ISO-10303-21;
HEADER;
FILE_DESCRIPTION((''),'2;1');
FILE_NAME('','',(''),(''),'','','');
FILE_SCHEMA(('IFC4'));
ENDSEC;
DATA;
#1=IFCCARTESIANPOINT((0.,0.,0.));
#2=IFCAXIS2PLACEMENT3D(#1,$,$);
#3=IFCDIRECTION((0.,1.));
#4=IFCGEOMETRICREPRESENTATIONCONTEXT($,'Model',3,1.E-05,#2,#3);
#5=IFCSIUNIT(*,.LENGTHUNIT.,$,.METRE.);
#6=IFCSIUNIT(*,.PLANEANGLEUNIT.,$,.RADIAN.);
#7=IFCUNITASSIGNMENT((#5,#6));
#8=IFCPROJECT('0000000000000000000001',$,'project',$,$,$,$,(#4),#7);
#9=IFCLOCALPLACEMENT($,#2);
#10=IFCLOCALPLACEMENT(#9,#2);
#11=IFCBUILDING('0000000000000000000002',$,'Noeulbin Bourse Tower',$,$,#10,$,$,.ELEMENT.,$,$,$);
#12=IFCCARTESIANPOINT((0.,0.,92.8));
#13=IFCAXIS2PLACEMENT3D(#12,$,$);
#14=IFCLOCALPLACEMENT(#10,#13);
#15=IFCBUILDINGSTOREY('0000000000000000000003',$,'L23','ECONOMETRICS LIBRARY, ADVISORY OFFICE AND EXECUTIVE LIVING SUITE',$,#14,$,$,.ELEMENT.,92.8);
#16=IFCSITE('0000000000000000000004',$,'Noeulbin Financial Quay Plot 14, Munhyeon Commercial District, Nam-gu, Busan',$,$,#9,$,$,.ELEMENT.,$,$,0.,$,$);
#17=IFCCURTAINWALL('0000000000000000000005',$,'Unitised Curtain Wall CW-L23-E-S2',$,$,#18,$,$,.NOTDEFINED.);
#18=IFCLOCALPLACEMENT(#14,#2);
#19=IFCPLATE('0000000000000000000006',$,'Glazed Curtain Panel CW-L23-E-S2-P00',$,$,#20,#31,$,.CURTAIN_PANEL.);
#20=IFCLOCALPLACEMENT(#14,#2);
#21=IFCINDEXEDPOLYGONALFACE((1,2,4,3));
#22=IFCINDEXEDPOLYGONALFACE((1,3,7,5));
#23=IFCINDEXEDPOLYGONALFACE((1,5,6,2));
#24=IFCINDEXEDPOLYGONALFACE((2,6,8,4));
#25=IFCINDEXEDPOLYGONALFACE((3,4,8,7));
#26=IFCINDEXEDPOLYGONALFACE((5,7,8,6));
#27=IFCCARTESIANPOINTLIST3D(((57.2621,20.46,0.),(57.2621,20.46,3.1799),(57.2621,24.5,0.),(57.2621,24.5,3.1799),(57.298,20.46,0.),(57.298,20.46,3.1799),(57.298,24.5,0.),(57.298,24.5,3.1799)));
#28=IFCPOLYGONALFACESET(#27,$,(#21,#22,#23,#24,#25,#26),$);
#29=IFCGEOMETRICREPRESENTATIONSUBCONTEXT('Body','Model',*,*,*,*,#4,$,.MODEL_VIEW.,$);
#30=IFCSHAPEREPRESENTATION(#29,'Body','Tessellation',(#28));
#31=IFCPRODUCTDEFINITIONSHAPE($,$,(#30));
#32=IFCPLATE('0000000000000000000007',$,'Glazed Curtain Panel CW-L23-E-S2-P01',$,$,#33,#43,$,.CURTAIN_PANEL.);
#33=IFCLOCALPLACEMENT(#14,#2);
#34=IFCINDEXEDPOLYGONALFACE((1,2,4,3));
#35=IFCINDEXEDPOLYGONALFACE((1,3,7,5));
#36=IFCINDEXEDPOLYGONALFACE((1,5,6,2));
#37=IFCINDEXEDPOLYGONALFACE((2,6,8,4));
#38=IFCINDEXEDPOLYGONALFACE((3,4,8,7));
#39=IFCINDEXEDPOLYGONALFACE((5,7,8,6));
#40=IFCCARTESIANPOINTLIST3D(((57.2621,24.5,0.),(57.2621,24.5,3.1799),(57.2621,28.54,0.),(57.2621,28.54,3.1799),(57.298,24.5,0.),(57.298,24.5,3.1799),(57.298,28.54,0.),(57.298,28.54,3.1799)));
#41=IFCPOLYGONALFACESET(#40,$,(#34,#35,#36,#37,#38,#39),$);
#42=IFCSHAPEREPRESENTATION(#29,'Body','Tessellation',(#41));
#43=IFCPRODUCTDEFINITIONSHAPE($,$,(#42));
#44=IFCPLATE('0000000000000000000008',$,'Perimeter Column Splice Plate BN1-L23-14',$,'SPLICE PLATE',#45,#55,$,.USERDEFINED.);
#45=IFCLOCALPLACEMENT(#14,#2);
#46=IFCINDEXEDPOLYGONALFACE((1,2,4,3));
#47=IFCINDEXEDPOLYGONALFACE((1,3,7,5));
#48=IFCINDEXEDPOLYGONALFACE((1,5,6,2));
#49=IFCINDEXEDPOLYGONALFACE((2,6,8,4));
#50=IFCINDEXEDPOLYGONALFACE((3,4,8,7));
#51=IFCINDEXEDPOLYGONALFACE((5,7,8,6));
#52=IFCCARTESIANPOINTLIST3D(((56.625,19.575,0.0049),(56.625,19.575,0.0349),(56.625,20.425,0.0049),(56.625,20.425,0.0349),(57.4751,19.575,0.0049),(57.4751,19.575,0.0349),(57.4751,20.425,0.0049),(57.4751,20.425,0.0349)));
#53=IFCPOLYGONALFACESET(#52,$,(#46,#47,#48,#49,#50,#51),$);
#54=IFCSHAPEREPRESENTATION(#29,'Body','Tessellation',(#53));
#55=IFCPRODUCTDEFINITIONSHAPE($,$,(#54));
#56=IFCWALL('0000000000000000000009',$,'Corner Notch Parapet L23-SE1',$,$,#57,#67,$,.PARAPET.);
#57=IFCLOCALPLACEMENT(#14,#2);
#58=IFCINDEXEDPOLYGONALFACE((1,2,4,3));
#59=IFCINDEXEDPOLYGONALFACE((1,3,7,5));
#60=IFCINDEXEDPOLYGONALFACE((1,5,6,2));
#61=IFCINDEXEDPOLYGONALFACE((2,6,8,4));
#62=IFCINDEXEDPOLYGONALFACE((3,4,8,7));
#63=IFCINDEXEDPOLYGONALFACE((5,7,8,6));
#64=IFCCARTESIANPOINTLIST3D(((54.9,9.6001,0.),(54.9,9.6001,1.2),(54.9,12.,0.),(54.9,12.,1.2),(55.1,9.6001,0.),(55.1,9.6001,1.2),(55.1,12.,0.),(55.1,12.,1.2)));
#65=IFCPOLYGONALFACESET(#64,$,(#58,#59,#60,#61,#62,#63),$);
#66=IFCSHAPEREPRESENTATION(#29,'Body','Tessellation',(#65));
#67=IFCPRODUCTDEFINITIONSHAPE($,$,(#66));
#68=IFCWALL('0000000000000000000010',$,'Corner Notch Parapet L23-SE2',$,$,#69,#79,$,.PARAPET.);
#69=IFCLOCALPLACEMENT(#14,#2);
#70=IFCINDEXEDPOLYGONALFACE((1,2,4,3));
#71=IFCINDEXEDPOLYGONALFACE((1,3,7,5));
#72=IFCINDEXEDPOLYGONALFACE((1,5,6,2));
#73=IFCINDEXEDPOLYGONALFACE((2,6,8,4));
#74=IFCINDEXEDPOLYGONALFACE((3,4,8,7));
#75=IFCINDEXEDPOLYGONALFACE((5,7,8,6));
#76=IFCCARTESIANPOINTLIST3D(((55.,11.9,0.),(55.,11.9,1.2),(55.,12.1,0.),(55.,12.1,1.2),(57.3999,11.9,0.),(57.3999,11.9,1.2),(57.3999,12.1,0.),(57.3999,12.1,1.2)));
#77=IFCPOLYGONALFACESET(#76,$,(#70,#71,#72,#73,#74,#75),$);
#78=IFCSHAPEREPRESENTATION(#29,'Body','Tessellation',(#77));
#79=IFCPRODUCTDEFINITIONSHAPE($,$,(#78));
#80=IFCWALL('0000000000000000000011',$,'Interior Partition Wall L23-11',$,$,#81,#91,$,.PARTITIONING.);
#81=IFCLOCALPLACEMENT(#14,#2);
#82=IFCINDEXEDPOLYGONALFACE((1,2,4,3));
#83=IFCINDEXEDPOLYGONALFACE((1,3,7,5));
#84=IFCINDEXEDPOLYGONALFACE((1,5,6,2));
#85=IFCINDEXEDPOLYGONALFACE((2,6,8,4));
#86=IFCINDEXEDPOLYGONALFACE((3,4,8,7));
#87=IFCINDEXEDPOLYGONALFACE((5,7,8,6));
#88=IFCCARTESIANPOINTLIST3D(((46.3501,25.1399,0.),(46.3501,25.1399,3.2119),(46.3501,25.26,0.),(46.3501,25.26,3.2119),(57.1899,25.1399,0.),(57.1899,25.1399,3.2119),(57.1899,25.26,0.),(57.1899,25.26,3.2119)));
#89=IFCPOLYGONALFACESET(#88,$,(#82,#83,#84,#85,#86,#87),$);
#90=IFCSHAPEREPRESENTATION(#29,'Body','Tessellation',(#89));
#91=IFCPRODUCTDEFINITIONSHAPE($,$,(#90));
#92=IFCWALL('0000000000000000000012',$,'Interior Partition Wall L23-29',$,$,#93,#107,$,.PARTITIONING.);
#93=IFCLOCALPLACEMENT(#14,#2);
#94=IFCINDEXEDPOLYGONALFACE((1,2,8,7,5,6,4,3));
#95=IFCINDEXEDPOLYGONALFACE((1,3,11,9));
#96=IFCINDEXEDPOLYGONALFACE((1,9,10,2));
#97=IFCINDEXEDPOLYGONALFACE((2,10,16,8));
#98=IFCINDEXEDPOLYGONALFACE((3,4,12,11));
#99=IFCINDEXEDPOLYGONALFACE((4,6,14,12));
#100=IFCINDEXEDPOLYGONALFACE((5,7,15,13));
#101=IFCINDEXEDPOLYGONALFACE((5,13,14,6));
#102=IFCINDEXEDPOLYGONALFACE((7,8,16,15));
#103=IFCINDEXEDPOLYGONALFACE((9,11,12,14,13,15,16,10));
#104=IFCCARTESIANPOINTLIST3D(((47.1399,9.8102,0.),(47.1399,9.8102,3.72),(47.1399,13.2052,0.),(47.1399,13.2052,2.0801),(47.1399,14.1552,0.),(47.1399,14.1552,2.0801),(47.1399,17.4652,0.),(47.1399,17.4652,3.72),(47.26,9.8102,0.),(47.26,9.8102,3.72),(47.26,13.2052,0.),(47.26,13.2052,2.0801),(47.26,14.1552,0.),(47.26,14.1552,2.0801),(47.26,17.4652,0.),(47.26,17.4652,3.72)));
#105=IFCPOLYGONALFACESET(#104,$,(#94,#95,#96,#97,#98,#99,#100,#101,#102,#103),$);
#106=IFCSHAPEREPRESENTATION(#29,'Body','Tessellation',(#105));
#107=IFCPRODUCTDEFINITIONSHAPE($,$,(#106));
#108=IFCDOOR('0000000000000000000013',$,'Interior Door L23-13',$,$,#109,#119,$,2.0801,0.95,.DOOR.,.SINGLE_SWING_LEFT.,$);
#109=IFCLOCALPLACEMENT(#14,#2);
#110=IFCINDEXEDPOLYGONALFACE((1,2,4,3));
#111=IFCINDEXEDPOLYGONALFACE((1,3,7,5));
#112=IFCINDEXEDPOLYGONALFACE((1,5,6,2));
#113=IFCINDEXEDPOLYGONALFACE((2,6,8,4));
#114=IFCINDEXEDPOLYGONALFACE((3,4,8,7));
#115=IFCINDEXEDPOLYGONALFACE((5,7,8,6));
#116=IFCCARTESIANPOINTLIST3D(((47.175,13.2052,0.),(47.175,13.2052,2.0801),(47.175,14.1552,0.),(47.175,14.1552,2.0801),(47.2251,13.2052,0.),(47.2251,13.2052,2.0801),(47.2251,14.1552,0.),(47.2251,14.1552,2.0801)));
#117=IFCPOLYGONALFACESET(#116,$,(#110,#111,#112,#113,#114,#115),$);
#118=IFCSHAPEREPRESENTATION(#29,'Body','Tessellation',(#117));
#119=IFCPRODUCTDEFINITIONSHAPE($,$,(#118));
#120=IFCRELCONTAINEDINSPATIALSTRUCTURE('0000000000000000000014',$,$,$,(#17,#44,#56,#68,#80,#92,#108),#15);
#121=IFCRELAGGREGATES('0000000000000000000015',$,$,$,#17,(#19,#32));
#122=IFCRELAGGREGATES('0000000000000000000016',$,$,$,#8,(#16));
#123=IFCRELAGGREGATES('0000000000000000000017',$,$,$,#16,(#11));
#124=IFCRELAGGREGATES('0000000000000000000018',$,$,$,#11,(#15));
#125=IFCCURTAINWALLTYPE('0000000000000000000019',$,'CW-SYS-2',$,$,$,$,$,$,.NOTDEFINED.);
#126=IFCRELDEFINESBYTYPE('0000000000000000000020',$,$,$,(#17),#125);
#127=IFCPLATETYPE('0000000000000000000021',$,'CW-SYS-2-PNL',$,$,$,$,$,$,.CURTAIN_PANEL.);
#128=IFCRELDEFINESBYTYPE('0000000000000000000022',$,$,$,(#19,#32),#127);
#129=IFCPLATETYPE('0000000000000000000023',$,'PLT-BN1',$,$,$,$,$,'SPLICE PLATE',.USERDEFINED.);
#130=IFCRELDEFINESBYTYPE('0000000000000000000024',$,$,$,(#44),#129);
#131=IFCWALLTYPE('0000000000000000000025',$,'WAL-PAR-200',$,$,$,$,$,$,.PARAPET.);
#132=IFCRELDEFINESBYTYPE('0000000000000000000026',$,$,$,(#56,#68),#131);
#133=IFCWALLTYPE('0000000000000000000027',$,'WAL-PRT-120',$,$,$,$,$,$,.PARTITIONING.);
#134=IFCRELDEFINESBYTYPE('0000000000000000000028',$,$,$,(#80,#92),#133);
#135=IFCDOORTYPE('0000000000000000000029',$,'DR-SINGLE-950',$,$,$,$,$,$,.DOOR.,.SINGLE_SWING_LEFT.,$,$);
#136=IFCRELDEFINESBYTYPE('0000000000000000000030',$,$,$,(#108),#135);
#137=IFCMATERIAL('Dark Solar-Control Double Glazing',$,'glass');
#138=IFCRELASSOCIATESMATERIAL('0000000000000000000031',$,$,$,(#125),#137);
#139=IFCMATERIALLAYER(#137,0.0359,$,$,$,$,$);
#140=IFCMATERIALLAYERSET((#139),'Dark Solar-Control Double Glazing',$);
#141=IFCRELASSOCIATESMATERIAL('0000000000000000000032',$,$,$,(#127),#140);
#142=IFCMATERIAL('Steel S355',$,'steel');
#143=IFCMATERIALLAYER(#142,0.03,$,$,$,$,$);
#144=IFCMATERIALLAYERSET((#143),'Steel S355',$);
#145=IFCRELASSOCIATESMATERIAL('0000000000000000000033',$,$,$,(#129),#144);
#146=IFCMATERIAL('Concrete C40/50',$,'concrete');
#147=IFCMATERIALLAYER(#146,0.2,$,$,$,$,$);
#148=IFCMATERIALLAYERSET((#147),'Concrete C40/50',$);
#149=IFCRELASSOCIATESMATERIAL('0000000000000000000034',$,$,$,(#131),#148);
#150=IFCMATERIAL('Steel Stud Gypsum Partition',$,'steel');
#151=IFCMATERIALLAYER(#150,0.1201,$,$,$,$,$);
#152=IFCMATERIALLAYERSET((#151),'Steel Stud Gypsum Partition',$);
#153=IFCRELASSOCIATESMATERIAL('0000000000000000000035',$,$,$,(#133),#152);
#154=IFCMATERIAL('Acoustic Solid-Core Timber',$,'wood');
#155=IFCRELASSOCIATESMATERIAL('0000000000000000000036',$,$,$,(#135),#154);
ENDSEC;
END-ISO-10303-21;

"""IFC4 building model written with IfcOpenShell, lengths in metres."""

from ifc_helpers import new_model, si_unit, direction, frame, frame_2d, origin, origin_2d, place, context, subcontext, project, spatial, rectangle, extrude, material, layer, layer_set, type_object, element, fill, aggregate, save


model = new_model("IFC4")

# Units and contexts
model_context = context("Model", 3, precision=1e-05, world=origin(), true_north=direction((0.0, 1.0)))
body_context = subcontext(model_context, "Body", "Model", "MODEL_VIEW")
ifc_project = project(units=[si_unit("LENGTHUNIT", "METRE"), si_unit("PLANEANGLEUNIT", "RADIAN")], contexts=[model_context])

# Site, building, storey
site_placement = place(None, origin())
site = spatial("IfcSite", under=ifc_project, at=site_placement, Name="Noeulbin Financial Quay Plot 14, Munhyeon Commercial District, Nam-gu, Busan", CompositionType="ELEMENT", RefElevation=0.0)
building_placement = place(site_placement, origin())
building = spatial("IfcBuilding", under=site, at=building_placement, Name="Noeulbin Bourse Tower", CompositionType="ELEMENT")
storey_placement = place(building_placement, frame((0.0, 0.0, 92.8)))
storey = spatial("IfcBuildingStorey", under=building, at=storey_placement, Name="L23", Description="ECONOMETRICS LIBRARY, ADVISORY OFFICE AND EXECUTIVE LIVING SUITE", CompositionType="ELEMENT", Elevation=92.8)

# Shared definitions
ifc_material_1 = material(Name="Steel S355", Category="steel")

# Curtain wall
ifc_material_2 = material(Name="Dark Solar-Control Double Glazing", Category="glass")
curtain_wall_type = type_object("IfcCurtainWallType", Name="CW-SYS-2", PredefinedType="NOTDEFINED", material=ifc_material_2)
curtain_wall_1_placement = place(storey_placement, origin())
curtain_wall_1 = element("IfcCurtainWall", 1, at=curtain_wall_1_placement, inside=storey, type_object=curtain_wall_type, Name="Unitised Curtain Wall CW-L23-E-S2", PredefinedType="NOTDEFINED")

# Plates
ifc_layer_1 = layer(ifc_material_2, 0.0359)
ifc_layer_set_1 = layer_set([ifc_layer_1], Name="Dark Solar-Control Double Glazing")
plate_type_1 = type_object("IfcPlateType", Name="CW-SYS-2-PNL", PredefinedType="CURTAIN_PANEL", material=ifc_layer_set_1)
plate_1_placement = place(storey_placement, frame((57.28, 22.48, 0.0), z_axis=(0.0, 0.0, 1.0), x_axis=(0.0, 1.0, 0.0)))
plate_1 = element("IfcPlate", 2, at=plate_1_placement, type_object=plate_type_1, Name="Glazed Curtain Panel CW-L23-E-S2-P00", PredefinedType="CURTAIN_PANEL", context=body_context, shape_type="SweptSolid", body=[
    extrude(rectangle(XDim=4.04, YDim=0.0359, at=origin_2d()), origin(), (0.0, 0.0, 1.0), 3.1799),
])
plate_2_placement = place(storey_placement, frame((57.28, 26.52, 0.0), z_axis=(0.0, 0.0, 1.0), x_axis=(0.0, 1.0, 0.0)))
plate_2 = element("IfcPlate", 3, at=plate_2_placement, type_object=plate_type_1, Name="Glazed Curtain Panel CW-L23-E-S2-P01", PredefinedType="CURTAIN_PANEL", context=body_context, shape_type="SweptSolid", body=[
    extrude(rectangle(XDim=4.04, YDim=0.0359, at=origin_2d()), origin(), (0.0, 0.0, 1.0), 3.1799),
])
aggregate(curtain_wall_1, [plate_1, plate_2])
ifc_layer_2 = layer(ifc_material_1, 0.03)
ifc_layer_set_2 = layer_set([ifc_layer_2], Name="Steel S355")
plate_type_2 = type_object("IfcPlateType", Name="PLT-BN1", ElementType="SPLICE PLATE", PredefinedType="USERDEFINED", material=ifc_layer_set_2)
plate_3_placement = place(storey_placement, frame((57.05, 20.0, 0.0049), z_axis=(0.0, 0.0, 1.0), x_axis=(1.0, 0.0, 0.0)))
element("IfcPlate", 4, at=plate_3_placement, inside=storey, type_object=plate_type_2, Name="Perimeter Column Splice Plate BN1-L23-14", ObjectType="SPLICE PLATE", PredefinedType="USERDEFINED", context=body_context, shape_type="SweptSolid", body=[
    extrude(rectangle(XDim=0.8501, YDim=0.8501, at=origin_2d()), origin(), (0.0, 0.0, 1.0), 0.03),
])

# Walls
ifc_material_3 = material(Name="Concrete C40/50", Category="concrete")
ifc_layer_3 = layer(ifc_material_3, 0.2)
ifc_layer_set_3 = layer_set([ifc_layer_3], Name="Concrete C40/50")
wall_type_1 = type_object("IfcWallType", Name="WAL-PAR-200", PredefinedType="PARAPET", material=ifc_layer_set_3)
for number, where, z_axis, x_axis, name in (
    (5, (55.0, 9.6001, 0.0), (0.0, 0.0, 1.0), (0.0, 1.0, 0.0), "Corner Notch Parapet L23-SE1"),
    (6, (55.0, 12.0, 0.0), (0.0, 0.0, 1.0), (1.0, 0.0, 0.0), "Corner Notch Parapet L23-SE2"),
):
    element("IfcWall", number, at=place(storey_placement, frame(where, z_axis=z_axis, x_axis=x_axis)), inside=storey, type_object=wall_type_1, Name=name, PredefinedType="PARAPET", context=body_context, shape_type="SweptSolid", body=[
        extrude(rectangle(XDim=2.3999, YDim=0.2, at=frame_2d((1.2, 0.0))), origin(), (0.0, 0.0, 1.0), 1.2),
    ])
ifc_material_4 = material(Name="Steel Stud Gypsum Partition", Category="steel")
ifc_layer_4 = layer(ifc_material_4, 0.1201)
ifc_layer_set_4 = layer_set([ifc_layer_4], Name="Steel Stud Gypsum Partition")
wall_type_2 = type_object("IfcWallType", Name="WAL-PRT-120", PredefinedType="PARTITIONING", material=ifc_layer_set_4)
wall_1_placement = place(storey_placement, frame((46.3501, 25.2, 0.0), z_axis=(0.0, 0.0, 1.0), x_axis=(1.0, 0.0, 0.0)))
element("IfcWall", 7, at=wall_1_placement, inside=storey, type_object=wall_type_2, Name="Interior Partition Wall L23-11", PredefinedType="PARTITIONING", context=body_context, shape_type="SweptSolid", body=[
    extrude(rectangle(XDim=10.8398, YDim=0.1201, at=frame_2d((5.4199, 0.0))), origin(), (0.0, 0.0, 1.0), 3.2119),
])

# Wall, opening, door
wall_2_placement = place(storey_placement, frame((47.2, 9.8101, 0.0), z_axis=(0.0, 0.0, 1.0), x_axis=(0.0, 1.0, 0.0)))
wall_2 = element("IfcWall", 8, at=wall_2_placement, inside=storey, type_object=wall_type_2, Name="Interior Partition Wall L23-29", PredefinedType="PARTITIONING", context=body_context, shape_type="SweptSolid", body=[
    extrude(rectangle(XDim=7.655, YDim=0.1201, at=frame_2d((3.8276, 0.0))), origin(), (0.0, 0.0, 1.0), 3.72),
])
opening_1_placement = place(wall_2_placement, frame((3.395, 0.0, 0.0)))
opening_1 = element("IfcOpeningElement", 9, at=opening_1_placement, cuts=wall_2, PredefinedType="OPENING", context=body_context, shape_type="SweptSolid", body=[
    extrude(rectangle(XDim=0.95, YDim=2.0801, at=frame_2d((0.4751, 1.04))), frame((0.0, 0.0701, 0.0), z_axis=(0.0, -1.0, 0.0), x_axis=(1.0, 0.0, 0.0)), (0.0, 0.0, 1.0), 0.1401),
])
ifc_material_5 = material(Name="Acoustic Solid-Core Timber", Category="wood")
door_type = type_object("IfcDoorType", Name="DR-SINGLE-950", OperationType="SINGLE_SWING_LEFT", PredefinedType="DOOR", material=ifc_material_5)
door_1_placement = place(opening_1_placement, origin())
door_1 = element("IfcDoor", 10, at=door_1_placement, inside=storey, type_object=door_type, Name="Interior Door L23-13", OperationType="SINGLE_SWING_LEFT", OverallHeight=2.0801, OverallWidth=0.95, PredefinedType="DOOR", context=body_context, shape_type="SweptSolid", body=[
    extrude(rectangle(XDim=0.95, YDim=2.0801, at=frame_2d((0.4751, 1.04))), frame((0.0, 0.0249, 0.0), z_axis=(0.0, -1.0, 0.0), x_axis=(1.0, 0.0, 0.0)), (0.0, 0.0, 1.0), 0.05),
])
fill(opening_1, door_1)

save(model, "model.ifc")
